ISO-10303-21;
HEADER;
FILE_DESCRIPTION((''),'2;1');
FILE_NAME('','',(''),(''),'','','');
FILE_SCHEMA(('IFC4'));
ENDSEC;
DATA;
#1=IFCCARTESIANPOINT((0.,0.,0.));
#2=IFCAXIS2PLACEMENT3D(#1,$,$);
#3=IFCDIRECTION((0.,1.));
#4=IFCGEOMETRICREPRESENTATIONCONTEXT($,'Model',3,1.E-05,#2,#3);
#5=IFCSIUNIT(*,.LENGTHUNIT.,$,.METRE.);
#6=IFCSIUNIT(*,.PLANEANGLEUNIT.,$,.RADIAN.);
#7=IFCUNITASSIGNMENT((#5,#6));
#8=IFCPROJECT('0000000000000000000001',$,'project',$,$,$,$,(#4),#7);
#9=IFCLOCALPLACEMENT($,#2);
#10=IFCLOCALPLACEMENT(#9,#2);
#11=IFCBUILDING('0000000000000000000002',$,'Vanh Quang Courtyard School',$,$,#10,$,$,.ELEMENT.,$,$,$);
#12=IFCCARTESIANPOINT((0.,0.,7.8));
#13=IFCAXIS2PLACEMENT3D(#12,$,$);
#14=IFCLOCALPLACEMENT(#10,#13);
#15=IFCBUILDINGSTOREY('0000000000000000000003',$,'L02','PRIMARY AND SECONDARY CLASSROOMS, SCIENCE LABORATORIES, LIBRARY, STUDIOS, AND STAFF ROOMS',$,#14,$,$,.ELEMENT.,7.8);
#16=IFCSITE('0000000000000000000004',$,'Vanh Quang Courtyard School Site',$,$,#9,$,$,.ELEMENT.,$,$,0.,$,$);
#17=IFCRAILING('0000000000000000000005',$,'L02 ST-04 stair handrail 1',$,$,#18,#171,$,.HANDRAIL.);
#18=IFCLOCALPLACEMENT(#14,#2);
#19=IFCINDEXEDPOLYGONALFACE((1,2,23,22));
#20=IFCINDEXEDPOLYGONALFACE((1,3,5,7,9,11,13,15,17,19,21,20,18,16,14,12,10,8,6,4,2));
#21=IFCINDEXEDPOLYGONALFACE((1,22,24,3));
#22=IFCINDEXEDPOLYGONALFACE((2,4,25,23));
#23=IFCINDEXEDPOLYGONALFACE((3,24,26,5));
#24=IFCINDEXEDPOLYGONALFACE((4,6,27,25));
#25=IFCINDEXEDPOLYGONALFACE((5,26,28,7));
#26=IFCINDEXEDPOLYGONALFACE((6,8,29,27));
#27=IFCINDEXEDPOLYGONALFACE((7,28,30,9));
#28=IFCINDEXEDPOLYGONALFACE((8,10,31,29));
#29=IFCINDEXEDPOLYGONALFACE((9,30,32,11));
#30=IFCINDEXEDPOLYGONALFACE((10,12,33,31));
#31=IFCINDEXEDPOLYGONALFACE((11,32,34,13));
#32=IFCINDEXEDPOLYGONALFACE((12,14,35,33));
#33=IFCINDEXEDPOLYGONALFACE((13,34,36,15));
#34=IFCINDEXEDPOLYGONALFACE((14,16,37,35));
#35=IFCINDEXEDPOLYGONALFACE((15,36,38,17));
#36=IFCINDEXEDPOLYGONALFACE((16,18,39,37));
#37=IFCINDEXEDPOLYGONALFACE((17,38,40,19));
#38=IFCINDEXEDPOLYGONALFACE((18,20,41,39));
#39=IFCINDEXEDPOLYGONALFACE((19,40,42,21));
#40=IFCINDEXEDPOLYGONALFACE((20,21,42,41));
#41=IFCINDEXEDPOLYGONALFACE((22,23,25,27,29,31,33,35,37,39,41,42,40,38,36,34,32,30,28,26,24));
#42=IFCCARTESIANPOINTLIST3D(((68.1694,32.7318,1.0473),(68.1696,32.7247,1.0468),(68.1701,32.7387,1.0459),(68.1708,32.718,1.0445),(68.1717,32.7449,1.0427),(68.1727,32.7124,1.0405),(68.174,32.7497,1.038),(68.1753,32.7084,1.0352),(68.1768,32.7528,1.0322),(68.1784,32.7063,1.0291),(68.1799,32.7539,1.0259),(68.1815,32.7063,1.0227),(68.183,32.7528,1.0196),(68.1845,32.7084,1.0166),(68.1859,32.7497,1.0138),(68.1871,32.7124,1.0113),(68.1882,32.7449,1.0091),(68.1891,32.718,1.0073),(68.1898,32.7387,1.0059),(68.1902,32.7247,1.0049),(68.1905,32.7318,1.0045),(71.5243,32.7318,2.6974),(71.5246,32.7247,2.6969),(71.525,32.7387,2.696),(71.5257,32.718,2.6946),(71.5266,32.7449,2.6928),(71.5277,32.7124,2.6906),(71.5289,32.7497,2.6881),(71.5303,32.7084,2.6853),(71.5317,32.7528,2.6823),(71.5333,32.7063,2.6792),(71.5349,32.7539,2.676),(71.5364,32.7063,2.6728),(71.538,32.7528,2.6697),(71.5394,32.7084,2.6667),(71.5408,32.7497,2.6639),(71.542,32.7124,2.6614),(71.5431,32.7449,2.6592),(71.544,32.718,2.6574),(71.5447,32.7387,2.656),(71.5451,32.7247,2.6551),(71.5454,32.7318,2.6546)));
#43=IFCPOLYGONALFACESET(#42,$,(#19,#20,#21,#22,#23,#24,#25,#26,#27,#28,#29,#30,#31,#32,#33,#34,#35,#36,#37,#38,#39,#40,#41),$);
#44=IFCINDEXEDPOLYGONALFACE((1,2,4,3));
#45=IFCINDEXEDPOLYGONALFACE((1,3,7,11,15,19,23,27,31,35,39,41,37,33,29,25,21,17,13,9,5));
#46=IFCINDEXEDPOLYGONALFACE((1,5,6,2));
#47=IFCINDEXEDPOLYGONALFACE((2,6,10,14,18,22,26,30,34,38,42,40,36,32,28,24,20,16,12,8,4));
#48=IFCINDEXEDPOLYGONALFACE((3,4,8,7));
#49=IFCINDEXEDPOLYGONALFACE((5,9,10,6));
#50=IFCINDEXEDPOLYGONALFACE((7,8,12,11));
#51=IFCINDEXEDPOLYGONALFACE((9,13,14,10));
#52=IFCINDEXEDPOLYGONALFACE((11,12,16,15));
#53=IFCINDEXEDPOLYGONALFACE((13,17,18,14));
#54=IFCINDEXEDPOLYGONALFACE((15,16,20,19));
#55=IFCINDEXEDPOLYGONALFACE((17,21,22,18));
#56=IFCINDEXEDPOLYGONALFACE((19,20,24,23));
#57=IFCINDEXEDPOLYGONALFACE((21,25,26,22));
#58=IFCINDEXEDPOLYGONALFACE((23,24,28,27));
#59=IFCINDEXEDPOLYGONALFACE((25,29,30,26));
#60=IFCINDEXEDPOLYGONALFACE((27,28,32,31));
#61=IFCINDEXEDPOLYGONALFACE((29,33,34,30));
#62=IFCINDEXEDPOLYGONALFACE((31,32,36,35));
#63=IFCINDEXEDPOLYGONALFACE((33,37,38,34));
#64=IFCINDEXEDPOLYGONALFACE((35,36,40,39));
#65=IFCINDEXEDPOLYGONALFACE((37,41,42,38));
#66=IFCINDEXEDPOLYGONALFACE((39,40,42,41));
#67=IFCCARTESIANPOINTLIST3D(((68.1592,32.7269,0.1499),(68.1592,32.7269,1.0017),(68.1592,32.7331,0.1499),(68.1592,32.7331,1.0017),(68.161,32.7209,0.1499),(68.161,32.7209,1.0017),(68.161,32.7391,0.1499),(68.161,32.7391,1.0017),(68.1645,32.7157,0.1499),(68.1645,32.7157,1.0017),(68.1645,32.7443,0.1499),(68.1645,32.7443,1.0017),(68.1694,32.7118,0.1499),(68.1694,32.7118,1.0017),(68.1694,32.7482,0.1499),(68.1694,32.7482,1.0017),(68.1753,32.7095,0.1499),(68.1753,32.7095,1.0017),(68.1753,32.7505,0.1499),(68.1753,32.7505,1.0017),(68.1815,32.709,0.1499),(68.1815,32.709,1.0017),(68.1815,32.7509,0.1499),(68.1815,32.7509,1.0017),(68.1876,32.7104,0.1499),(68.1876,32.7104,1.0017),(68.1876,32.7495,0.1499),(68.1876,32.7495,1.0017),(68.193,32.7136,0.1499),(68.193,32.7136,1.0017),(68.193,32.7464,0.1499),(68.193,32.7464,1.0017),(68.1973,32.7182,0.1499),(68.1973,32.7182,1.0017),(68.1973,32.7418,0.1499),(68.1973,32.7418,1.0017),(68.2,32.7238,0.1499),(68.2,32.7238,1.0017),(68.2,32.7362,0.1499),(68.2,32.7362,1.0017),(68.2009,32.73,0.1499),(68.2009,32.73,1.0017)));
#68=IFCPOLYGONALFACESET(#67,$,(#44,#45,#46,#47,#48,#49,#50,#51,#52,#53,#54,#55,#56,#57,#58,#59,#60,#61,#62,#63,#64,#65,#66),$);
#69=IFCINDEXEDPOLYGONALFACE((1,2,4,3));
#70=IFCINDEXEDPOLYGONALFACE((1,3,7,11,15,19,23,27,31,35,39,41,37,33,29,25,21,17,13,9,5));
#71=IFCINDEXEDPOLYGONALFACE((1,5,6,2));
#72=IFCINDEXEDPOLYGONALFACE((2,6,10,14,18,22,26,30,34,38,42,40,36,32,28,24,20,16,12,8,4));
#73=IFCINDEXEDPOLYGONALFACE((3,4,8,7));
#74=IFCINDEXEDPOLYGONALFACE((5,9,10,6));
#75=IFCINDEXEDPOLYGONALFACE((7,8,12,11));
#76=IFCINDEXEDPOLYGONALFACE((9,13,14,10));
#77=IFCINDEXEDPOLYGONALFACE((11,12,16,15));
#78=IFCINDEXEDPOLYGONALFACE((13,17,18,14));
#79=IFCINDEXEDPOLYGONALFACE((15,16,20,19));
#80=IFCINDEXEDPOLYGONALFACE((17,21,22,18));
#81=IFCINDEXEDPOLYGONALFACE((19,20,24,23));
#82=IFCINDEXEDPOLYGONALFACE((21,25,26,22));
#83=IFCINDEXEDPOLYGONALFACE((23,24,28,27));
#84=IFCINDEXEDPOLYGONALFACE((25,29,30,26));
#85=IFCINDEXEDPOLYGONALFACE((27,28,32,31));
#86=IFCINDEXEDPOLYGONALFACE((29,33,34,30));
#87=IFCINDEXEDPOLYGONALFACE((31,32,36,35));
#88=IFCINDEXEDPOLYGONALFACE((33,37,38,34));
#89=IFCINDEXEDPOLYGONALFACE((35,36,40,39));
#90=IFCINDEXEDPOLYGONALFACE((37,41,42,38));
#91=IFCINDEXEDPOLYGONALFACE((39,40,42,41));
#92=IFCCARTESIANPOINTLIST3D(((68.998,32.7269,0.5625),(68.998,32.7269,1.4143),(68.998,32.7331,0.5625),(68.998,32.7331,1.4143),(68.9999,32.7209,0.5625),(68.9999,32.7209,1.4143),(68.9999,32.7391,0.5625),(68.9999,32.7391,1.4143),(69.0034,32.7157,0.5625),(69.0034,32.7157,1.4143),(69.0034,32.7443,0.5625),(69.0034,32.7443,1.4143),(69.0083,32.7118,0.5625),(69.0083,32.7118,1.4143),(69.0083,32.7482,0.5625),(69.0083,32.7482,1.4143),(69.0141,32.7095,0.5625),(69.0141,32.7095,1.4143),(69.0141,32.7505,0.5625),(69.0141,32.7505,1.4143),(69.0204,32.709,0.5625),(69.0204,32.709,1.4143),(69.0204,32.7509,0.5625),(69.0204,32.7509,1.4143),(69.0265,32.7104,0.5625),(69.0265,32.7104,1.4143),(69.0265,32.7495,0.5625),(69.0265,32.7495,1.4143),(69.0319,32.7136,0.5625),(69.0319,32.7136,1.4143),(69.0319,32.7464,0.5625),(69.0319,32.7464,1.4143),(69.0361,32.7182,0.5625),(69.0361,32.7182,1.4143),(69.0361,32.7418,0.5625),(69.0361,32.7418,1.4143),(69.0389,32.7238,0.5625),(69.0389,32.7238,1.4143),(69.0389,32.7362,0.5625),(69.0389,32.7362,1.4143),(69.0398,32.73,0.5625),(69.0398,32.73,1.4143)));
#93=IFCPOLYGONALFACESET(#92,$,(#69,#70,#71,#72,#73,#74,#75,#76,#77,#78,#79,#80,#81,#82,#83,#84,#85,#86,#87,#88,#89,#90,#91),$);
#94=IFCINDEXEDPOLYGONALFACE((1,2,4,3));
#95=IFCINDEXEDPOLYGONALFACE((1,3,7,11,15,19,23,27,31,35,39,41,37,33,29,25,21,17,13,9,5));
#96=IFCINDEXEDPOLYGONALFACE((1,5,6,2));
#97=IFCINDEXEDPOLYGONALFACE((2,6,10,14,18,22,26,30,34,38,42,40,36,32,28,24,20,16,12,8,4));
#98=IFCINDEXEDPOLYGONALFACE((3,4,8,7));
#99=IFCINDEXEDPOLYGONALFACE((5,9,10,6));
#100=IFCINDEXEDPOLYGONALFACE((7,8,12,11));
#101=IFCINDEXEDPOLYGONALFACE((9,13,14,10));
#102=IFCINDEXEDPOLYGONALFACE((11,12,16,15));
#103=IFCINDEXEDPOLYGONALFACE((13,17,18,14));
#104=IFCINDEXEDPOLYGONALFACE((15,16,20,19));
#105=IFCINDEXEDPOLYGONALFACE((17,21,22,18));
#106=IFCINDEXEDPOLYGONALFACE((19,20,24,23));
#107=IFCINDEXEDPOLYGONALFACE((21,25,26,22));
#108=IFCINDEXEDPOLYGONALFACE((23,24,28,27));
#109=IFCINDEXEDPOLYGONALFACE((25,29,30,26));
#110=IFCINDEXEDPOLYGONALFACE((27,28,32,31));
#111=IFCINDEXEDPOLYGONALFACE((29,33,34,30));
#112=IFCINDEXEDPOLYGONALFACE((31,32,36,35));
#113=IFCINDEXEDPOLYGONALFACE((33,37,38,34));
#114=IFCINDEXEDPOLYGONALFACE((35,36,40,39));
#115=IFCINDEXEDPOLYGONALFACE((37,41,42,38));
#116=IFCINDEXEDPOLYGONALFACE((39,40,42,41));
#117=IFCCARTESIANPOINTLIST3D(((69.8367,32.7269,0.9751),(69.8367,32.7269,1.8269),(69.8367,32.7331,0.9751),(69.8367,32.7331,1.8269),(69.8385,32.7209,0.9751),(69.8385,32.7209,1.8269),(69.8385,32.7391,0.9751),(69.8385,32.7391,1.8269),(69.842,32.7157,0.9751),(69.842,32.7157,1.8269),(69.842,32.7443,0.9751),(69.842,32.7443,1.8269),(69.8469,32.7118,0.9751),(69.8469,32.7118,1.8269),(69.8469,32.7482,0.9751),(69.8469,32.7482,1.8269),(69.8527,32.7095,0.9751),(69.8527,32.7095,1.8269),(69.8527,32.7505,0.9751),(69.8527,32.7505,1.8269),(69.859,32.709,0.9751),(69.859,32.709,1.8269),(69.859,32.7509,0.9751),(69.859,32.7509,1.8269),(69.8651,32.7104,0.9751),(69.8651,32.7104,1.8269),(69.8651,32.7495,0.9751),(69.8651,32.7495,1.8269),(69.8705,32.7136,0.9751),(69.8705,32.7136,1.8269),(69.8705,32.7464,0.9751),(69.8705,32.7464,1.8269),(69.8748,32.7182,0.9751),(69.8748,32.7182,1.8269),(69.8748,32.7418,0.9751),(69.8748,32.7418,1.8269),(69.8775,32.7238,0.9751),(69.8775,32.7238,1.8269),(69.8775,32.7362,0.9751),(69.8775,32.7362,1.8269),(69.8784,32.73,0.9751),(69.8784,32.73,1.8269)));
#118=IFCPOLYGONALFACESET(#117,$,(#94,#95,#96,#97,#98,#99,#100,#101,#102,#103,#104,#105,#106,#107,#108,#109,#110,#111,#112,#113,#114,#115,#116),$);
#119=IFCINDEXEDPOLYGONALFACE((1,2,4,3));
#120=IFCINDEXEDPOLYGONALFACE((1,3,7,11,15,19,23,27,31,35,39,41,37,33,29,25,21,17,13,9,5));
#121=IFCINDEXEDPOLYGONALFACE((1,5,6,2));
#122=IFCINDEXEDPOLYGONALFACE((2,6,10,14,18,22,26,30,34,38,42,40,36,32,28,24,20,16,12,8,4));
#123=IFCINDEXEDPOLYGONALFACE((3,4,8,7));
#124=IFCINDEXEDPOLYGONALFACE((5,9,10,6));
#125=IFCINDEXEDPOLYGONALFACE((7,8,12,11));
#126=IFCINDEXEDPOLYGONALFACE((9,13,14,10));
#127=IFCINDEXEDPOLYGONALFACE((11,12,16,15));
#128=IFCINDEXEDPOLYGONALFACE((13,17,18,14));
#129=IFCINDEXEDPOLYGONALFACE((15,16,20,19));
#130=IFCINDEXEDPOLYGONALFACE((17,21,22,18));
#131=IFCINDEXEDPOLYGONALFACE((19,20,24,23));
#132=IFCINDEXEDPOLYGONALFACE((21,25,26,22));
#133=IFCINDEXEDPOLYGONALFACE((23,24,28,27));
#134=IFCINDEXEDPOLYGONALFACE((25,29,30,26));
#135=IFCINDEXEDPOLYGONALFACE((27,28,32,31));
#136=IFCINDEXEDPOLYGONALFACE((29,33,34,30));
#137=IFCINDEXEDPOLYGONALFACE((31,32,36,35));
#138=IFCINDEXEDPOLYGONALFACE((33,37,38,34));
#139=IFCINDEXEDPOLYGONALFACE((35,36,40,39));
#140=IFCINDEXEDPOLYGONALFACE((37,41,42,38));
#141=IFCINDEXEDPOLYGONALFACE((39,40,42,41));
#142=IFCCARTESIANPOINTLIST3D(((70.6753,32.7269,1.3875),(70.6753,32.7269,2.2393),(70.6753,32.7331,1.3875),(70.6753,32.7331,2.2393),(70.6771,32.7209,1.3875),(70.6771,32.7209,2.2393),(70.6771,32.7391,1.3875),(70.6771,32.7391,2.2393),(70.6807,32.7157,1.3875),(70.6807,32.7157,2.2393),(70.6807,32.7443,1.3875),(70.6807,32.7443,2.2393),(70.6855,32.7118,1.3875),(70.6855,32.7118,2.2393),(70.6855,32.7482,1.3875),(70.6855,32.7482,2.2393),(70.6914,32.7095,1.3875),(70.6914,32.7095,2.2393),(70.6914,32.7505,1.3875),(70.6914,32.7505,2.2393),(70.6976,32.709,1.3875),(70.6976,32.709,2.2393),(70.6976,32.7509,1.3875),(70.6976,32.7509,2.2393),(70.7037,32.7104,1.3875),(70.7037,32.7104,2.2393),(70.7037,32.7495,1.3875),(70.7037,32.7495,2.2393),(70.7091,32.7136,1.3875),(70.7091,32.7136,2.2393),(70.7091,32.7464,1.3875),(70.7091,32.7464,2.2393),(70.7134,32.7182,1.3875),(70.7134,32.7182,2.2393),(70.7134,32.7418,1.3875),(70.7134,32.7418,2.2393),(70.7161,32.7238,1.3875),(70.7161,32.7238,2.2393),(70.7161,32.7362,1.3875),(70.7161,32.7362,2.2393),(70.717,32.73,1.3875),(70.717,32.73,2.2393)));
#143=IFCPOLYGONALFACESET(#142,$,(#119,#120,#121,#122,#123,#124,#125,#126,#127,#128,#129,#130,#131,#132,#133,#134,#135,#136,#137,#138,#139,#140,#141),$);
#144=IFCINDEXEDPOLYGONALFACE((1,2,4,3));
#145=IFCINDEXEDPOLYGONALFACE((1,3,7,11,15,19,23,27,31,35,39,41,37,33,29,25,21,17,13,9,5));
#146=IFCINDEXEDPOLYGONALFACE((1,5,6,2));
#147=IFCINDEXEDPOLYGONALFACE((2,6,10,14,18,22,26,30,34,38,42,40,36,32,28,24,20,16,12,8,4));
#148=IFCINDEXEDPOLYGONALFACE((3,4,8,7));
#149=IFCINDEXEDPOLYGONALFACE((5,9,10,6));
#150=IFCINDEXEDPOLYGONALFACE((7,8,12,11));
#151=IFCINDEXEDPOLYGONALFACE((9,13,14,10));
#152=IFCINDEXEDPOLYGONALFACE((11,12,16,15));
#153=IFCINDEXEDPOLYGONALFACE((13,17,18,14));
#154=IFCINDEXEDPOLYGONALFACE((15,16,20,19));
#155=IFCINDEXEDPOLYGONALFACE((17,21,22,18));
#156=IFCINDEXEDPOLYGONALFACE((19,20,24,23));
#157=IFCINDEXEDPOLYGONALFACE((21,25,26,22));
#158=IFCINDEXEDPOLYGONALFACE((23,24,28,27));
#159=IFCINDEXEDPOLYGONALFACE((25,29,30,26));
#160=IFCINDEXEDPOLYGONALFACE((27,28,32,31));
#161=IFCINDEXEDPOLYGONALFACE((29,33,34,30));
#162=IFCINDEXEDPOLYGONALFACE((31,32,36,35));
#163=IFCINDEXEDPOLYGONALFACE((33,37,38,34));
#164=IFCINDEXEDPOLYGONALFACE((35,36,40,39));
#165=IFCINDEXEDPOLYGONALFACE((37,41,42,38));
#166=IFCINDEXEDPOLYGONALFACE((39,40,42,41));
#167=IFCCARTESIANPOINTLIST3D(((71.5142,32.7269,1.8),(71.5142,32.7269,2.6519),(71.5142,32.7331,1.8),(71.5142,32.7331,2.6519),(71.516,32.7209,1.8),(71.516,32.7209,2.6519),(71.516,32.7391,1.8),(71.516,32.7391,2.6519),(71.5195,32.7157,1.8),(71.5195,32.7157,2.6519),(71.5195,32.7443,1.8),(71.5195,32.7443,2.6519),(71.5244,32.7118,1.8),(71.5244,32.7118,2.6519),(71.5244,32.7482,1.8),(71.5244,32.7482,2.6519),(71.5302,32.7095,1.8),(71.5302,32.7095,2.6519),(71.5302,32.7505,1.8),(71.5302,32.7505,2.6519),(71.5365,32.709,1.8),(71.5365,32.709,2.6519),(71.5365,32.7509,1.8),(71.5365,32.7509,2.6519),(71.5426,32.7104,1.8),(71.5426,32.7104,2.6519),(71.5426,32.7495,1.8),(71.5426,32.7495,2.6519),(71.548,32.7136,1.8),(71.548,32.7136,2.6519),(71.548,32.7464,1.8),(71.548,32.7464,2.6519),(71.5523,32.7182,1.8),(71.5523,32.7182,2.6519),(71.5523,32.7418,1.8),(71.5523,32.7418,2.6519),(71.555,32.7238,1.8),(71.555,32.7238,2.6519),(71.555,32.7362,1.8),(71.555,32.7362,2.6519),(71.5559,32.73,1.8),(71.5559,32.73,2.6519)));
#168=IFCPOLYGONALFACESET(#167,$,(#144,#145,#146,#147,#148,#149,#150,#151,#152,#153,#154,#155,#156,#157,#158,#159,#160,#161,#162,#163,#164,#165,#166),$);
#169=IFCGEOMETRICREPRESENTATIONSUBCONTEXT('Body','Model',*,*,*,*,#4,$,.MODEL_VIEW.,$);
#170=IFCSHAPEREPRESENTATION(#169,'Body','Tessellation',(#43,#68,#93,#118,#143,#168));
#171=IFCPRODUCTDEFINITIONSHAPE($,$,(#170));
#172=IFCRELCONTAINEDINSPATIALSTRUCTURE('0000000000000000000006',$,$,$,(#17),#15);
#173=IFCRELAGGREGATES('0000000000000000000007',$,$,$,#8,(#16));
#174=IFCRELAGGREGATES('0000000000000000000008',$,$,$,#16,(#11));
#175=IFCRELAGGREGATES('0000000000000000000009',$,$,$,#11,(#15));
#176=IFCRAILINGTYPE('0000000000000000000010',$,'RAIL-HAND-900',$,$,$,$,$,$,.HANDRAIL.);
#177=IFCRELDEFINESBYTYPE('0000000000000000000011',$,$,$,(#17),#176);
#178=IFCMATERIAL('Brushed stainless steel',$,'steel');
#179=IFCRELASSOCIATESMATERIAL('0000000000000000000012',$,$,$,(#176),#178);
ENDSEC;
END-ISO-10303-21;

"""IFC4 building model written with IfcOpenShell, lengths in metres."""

from ifc_helpers import new_model, si_unit, direction, frame, origin, origin_2d, place, context, subcontext, project, spatial, circle, extrude, material, type_object, element, save


model = new_model("IFC4")

# Units and contexts
model_context = context("Model", 3, precision=1e-05, world=origin(), true_north=direction((0.0, 1.0)))
body_context = subcontext(model_context, "Body", "Model", "MODEL_VIEW")
ifc_project = project(units=[si_unit("LENGTHUNIT", "METRE"), si_unit("PLANEANGLEUNIT", "RADIAN")], contexts=[model_context])

# Site, building, storey
site_placement = place(None, origin())
site = spatial("IfcSite", under=ifc_project, at=site_placement, Name="Vanh Quang Courtyard School Site", CompositionType="ELEMENT", RefElevation=0.0)
building_placement = place(site_placement, origin())
building = spatial("IfcBuilding", under=site, at=building_placement, Name="Vanh Quang Courtyard School", CompositionType="ELEMENT")
storey_placement = place(building_placement, frame((0.0, 0.0, 7.8)))
storey = spatial("IfcBuildingStorey", under=building, at=storey_placement, Name="L02", Description="PRIMARY AND SECONDARY CLASSROOMS, SCIENCE LABORATORIES, LIBRARY, STUDIOS, AND STAFF ROOMS", CompositionType="ELEMENT", Elevation=7.8)

# Railing
ifc_material_1 = material(Name="Brushed stainless steel", Category="steel")
railing_type_1 = type_object("IfcRailingType", Name="RAIL-HAND-900", PredefinedType="HANDRAIL", material=ifc_material_1)
railing_1_placement = place(storey_placement, frame((68.1799, 32.73, 0.1499)))
element("IfcRailing", 1, at=railing_1_placement, inside=storey, type_object=railing_type_1, Name="L02 ST-04 stair handrail 1", PredefinedType="HANDRAIL", context=body_context, shape_type="SweptSolid", body=[
    extrude(circle(Radius=0.0239, at=origin_2d()), frame((0.0, 0.0, 0.876), z_axis=(0.897333, 0.0, 0.441353), x_axis=(0.0, 1.0, 0.0)), (0.0, 0.0, 1.0), 3.7388),
    extrude(circle(Radius=0.021, at=origin_2d()), origin(), (0.0, 0.0, 1.0), 0.8518),
    extrude(circle(Radius=0.021, at=origin_2d()), frame((0.8389, 0.0, 0.4126)), (0.0, 0.0, 1.0), 0.8518),
    extrude(circle(Radius=0.021, at=origin_2d()), frame((1.6775, 0.0, 0.8252)), (0.0, 0.0, 1.0), 0.8518),
    extrude(circle(Radius=0.021, at=origin_2d()), frame((2.5161, 0.0, 1.2375)), (0.0, 0.0, 1.0), 0.8518),
    extrude(circle(Radius=0.021, at=origin_2d()), frame((3.355, 0.0, 1.6501)), (0.0, 0.0, 1.0), 0.8518),
])

save(model, "model.ifc")
